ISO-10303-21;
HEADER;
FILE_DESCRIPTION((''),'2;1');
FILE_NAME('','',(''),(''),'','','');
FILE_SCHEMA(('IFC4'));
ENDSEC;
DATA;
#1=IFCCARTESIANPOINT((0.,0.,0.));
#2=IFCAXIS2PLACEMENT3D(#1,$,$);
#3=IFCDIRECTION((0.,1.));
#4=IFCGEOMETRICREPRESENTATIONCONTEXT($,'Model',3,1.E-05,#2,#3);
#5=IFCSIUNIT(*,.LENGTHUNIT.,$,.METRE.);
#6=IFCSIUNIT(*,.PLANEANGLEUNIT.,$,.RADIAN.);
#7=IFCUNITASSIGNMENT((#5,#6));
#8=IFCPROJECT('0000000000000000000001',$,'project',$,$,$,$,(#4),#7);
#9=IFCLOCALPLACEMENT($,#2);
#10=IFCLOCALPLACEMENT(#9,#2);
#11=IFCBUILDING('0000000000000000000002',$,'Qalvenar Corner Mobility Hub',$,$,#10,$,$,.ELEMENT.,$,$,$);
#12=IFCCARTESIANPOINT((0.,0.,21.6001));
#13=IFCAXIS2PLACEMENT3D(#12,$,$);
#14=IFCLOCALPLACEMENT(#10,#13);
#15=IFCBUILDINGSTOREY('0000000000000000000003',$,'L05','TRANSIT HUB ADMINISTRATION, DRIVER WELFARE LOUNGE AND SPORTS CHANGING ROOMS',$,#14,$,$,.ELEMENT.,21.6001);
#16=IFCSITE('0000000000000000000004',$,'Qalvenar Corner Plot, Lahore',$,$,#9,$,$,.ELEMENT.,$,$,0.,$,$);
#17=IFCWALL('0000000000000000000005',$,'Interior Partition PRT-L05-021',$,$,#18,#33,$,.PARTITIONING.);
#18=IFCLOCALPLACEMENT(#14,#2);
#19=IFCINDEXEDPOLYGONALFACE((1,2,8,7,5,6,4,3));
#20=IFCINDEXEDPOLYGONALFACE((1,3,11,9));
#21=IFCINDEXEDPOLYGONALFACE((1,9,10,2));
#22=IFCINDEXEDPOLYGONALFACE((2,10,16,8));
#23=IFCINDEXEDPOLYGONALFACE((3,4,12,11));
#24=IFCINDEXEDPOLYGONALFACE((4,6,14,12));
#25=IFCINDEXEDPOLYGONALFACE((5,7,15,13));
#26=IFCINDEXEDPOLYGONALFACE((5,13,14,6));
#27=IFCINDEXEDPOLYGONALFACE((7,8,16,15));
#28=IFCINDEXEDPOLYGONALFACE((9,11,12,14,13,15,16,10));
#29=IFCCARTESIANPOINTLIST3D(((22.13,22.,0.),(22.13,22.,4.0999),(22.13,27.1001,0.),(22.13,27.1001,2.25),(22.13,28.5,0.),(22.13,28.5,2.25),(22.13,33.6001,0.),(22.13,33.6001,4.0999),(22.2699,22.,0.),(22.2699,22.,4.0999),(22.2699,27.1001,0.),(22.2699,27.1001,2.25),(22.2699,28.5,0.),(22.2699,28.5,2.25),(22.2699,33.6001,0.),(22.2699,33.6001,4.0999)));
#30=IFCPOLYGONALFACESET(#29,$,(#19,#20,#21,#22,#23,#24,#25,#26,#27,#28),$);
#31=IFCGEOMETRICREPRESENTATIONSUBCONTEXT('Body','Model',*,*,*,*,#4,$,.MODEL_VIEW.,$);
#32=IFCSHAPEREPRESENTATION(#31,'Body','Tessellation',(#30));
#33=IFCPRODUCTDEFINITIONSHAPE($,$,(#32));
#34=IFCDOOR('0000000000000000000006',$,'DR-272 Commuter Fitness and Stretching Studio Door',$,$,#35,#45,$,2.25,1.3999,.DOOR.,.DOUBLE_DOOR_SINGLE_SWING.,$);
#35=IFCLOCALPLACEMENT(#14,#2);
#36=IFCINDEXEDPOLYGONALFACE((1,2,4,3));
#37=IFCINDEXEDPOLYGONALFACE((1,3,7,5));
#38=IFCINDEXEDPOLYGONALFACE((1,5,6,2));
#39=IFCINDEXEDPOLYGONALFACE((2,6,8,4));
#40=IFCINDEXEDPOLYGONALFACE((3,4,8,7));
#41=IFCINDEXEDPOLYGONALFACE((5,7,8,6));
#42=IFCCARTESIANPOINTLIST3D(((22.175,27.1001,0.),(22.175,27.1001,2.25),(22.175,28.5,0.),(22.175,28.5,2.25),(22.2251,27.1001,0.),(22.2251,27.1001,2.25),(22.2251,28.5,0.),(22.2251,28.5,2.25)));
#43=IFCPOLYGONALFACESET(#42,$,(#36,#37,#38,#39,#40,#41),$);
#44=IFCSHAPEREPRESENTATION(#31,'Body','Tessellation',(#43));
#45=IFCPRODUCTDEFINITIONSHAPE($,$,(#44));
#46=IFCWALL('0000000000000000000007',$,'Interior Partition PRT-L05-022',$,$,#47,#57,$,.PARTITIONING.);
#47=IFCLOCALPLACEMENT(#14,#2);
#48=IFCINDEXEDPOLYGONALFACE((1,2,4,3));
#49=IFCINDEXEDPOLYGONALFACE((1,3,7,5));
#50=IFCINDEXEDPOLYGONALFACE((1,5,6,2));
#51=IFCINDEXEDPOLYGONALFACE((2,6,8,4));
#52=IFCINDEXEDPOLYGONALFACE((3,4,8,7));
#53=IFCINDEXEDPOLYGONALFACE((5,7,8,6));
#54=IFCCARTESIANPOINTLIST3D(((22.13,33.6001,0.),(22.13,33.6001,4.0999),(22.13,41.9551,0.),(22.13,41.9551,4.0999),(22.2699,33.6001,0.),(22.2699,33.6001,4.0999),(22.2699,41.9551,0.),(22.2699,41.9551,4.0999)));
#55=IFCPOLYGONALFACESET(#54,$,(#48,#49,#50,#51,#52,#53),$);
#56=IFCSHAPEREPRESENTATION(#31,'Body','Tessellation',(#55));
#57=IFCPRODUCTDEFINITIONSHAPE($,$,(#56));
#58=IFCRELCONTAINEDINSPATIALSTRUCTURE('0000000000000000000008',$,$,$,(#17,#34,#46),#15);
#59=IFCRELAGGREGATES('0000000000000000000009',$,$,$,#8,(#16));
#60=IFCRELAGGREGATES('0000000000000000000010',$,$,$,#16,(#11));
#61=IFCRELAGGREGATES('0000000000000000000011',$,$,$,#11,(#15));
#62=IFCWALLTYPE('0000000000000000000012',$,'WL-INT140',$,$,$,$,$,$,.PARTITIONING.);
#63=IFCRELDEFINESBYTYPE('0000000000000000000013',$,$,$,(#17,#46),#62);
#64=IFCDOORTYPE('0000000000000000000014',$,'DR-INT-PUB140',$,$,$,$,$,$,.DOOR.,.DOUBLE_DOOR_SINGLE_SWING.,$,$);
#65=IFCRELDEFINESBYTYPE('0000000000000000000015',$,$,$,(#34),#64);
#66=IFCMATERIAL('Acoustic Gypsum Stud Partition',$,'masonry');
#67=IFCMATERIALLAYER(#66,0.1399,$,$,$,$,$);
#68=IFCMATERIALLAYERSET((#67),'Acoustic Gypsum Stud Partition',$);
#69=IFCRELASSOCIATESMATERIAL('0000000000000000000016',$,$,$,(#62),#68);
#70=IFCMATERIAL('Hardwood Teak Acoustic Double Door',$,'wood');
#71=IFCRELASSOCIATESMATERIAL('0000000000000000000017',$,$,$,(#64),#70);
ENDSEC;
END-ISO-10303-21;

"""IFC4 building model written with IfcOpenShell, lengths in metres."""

from ifc_helpers import new_model, si_unit, direction, frame, frame_2d, origin, place, context, subcontext, project, spatial, rectangle, extrude, material, layer, layer_set, type_object, element, fill, save


model = new_model("IFC4")

# Units and contexts
model_context = context("Model", 3, precision=1e-05, world=origin(), true_north=direction((0.0, 1.0)))
body_context = subcontext(model_context, "Body", "Model", "MODEL_VIEW")
ifc_project = project(units=[si_unit("LENGTHUNIT", "METRE"), si_unit("PLANEANGLEUNIT", "RADIAN")], contexts=[model_context])

# Site, building, storey
site_placement = place(None, origin())
site = spatial("IfcSite", under=ifc_project, at=site_placement, Name="Qalvenar Corner Plot, Lahore", CompositionType="ELEMENT", RefElevation=0.0)
building_placement = place(site_placement, origin())
building = spatial("IfcBuilding", under=site, at=building_placement, Name="Qalvenar Corner Mobility Hub", CompositionType="ELEMENT")
storey_placement = place(building_placement, frame((0.0, 0.0, 21.6001)))
storey = spatial("IfcBuildingStorey", under=building, at=storey_placement, Name="L05", Description="TRANSIT HUB ADMINISTRATION, DRIVER WELFARE LOUNGE AND SPORTS CHANGING ROOMS", CompositionType="ELEMENT", Elevation=21.6001)

# Shared definitions
ifc_material_1 = material(Name="Acoustic Gypsum Stud Partition", Category="masonry")
ifc_layer = layer(ifc_material_1, 0.1399)
ifc_layer_set = layer_set([ifc_layer], Name="Acoustic Gypsum Stud Partition")
wall_type = type_object("IfcWallType", Name="WL-INT140", PredefinedType="PARTITIONING", material=ifc_layer_set)

# Wall, opening, door
wall_1_placement = place(storey_placement, frame((22.2, 22.0, 0.0), z_axis=(0.0, 0.0, 1.0), x_axis=(0.0, 1.0, 0.0)))
wall_1 = element("IfcWall", 1, at=wall_1_placement, inside=storey, type_object=wall_type, Name="Interior Partition PRT-L05-021", PredefinedType="PARTITIONING", context=body_context, shape_type="SweptSolid", body=[
    extrude(rectangle(XDim=11.6001, YDim=0.1399, at=frame_2d((5.8, 0.0))), origin(), (0.0, 0.0, 1.0), 4.0999),
])
opening_1_placement = place(wall_1_placement, frame((5.1001, 0.0, 0.0)))
opening_1 = element("IfcOpeningElement", 2, at=opening_1_placement, cuts=wall_1, PredefinedType="OPENING", context=body_context, shape_type="SweptSolid", body=[
    extrude(rectangle(XDim=1.3999, YDim=2.25, at=frame_2d((0.7, 1.125))), frame((0.0, 0.0801, 0.0), z_axis=(0.0, -1.0, 0.0), x_axis=(1.0, 0.0, 0.0)), (0.0, 0.0, 1.0), 0.1599),
])
ifc_material_2 = material(Name="Hardwood Teak Acoustic Double Door", Category="wood")
door_type_1 = type_object("IfcDoorType", Name="DR-INT-PUB140", OperationType="DOUBLE_DOOR_SINGLE_SWING", PredefinedType="DOOR", material=ifc_material_2)
door_1_placement = place(opening_1_placement, origin())
door_1 = element("IfcDoor", 3, at=door_1_placement, inside=storey, type_object=door_type_1, Name="DR-272 Commuter Fitness and Stretching Studio Door", OperationType="DOUBLE_DOOR_SINGLE_SWING", OverallHeight=2.25, OverallWidth=1.3999, PredefinedType="DOOR", context=body_context, shape_type="SweptSolid", body=[
    extrude(rectangle(XDim=1.3999, YDim=2.25, at=frame_2d((0.7, 1.125))), frame((0.0, 0.0249, 0.0), z_axis=(0.0, -1.0, 0.0), x_axis=(1.0, 0.0, 0.0)), (0.0, 0.0, 1.0), 0.05),
])
fill(opening_1, door_1)

# Wall
wall_2_placement = place(storey_placement, frame((22.2, 33.6001, 0.0), z_axis=(0.0, 0.0, 1.0), x_axis=(0.0, 1.0, 0.0)))
element("IfcWall", 4, at=wall_2_placement, inside=storey, type_object=wall_type, Name="Interior Partition PRT-L05-022", PredefinedType="PARTITIONING", context=body_context, shape_type="SweptSolid", body=[
    extrude(rectangle(XDim=8.355, YDim=0.1399, at=frame_2d((4.1775, 0.0))), origin(), (0.0, 0.0, 1.0), 4.0999),
])

save(model, "model.ifc")
